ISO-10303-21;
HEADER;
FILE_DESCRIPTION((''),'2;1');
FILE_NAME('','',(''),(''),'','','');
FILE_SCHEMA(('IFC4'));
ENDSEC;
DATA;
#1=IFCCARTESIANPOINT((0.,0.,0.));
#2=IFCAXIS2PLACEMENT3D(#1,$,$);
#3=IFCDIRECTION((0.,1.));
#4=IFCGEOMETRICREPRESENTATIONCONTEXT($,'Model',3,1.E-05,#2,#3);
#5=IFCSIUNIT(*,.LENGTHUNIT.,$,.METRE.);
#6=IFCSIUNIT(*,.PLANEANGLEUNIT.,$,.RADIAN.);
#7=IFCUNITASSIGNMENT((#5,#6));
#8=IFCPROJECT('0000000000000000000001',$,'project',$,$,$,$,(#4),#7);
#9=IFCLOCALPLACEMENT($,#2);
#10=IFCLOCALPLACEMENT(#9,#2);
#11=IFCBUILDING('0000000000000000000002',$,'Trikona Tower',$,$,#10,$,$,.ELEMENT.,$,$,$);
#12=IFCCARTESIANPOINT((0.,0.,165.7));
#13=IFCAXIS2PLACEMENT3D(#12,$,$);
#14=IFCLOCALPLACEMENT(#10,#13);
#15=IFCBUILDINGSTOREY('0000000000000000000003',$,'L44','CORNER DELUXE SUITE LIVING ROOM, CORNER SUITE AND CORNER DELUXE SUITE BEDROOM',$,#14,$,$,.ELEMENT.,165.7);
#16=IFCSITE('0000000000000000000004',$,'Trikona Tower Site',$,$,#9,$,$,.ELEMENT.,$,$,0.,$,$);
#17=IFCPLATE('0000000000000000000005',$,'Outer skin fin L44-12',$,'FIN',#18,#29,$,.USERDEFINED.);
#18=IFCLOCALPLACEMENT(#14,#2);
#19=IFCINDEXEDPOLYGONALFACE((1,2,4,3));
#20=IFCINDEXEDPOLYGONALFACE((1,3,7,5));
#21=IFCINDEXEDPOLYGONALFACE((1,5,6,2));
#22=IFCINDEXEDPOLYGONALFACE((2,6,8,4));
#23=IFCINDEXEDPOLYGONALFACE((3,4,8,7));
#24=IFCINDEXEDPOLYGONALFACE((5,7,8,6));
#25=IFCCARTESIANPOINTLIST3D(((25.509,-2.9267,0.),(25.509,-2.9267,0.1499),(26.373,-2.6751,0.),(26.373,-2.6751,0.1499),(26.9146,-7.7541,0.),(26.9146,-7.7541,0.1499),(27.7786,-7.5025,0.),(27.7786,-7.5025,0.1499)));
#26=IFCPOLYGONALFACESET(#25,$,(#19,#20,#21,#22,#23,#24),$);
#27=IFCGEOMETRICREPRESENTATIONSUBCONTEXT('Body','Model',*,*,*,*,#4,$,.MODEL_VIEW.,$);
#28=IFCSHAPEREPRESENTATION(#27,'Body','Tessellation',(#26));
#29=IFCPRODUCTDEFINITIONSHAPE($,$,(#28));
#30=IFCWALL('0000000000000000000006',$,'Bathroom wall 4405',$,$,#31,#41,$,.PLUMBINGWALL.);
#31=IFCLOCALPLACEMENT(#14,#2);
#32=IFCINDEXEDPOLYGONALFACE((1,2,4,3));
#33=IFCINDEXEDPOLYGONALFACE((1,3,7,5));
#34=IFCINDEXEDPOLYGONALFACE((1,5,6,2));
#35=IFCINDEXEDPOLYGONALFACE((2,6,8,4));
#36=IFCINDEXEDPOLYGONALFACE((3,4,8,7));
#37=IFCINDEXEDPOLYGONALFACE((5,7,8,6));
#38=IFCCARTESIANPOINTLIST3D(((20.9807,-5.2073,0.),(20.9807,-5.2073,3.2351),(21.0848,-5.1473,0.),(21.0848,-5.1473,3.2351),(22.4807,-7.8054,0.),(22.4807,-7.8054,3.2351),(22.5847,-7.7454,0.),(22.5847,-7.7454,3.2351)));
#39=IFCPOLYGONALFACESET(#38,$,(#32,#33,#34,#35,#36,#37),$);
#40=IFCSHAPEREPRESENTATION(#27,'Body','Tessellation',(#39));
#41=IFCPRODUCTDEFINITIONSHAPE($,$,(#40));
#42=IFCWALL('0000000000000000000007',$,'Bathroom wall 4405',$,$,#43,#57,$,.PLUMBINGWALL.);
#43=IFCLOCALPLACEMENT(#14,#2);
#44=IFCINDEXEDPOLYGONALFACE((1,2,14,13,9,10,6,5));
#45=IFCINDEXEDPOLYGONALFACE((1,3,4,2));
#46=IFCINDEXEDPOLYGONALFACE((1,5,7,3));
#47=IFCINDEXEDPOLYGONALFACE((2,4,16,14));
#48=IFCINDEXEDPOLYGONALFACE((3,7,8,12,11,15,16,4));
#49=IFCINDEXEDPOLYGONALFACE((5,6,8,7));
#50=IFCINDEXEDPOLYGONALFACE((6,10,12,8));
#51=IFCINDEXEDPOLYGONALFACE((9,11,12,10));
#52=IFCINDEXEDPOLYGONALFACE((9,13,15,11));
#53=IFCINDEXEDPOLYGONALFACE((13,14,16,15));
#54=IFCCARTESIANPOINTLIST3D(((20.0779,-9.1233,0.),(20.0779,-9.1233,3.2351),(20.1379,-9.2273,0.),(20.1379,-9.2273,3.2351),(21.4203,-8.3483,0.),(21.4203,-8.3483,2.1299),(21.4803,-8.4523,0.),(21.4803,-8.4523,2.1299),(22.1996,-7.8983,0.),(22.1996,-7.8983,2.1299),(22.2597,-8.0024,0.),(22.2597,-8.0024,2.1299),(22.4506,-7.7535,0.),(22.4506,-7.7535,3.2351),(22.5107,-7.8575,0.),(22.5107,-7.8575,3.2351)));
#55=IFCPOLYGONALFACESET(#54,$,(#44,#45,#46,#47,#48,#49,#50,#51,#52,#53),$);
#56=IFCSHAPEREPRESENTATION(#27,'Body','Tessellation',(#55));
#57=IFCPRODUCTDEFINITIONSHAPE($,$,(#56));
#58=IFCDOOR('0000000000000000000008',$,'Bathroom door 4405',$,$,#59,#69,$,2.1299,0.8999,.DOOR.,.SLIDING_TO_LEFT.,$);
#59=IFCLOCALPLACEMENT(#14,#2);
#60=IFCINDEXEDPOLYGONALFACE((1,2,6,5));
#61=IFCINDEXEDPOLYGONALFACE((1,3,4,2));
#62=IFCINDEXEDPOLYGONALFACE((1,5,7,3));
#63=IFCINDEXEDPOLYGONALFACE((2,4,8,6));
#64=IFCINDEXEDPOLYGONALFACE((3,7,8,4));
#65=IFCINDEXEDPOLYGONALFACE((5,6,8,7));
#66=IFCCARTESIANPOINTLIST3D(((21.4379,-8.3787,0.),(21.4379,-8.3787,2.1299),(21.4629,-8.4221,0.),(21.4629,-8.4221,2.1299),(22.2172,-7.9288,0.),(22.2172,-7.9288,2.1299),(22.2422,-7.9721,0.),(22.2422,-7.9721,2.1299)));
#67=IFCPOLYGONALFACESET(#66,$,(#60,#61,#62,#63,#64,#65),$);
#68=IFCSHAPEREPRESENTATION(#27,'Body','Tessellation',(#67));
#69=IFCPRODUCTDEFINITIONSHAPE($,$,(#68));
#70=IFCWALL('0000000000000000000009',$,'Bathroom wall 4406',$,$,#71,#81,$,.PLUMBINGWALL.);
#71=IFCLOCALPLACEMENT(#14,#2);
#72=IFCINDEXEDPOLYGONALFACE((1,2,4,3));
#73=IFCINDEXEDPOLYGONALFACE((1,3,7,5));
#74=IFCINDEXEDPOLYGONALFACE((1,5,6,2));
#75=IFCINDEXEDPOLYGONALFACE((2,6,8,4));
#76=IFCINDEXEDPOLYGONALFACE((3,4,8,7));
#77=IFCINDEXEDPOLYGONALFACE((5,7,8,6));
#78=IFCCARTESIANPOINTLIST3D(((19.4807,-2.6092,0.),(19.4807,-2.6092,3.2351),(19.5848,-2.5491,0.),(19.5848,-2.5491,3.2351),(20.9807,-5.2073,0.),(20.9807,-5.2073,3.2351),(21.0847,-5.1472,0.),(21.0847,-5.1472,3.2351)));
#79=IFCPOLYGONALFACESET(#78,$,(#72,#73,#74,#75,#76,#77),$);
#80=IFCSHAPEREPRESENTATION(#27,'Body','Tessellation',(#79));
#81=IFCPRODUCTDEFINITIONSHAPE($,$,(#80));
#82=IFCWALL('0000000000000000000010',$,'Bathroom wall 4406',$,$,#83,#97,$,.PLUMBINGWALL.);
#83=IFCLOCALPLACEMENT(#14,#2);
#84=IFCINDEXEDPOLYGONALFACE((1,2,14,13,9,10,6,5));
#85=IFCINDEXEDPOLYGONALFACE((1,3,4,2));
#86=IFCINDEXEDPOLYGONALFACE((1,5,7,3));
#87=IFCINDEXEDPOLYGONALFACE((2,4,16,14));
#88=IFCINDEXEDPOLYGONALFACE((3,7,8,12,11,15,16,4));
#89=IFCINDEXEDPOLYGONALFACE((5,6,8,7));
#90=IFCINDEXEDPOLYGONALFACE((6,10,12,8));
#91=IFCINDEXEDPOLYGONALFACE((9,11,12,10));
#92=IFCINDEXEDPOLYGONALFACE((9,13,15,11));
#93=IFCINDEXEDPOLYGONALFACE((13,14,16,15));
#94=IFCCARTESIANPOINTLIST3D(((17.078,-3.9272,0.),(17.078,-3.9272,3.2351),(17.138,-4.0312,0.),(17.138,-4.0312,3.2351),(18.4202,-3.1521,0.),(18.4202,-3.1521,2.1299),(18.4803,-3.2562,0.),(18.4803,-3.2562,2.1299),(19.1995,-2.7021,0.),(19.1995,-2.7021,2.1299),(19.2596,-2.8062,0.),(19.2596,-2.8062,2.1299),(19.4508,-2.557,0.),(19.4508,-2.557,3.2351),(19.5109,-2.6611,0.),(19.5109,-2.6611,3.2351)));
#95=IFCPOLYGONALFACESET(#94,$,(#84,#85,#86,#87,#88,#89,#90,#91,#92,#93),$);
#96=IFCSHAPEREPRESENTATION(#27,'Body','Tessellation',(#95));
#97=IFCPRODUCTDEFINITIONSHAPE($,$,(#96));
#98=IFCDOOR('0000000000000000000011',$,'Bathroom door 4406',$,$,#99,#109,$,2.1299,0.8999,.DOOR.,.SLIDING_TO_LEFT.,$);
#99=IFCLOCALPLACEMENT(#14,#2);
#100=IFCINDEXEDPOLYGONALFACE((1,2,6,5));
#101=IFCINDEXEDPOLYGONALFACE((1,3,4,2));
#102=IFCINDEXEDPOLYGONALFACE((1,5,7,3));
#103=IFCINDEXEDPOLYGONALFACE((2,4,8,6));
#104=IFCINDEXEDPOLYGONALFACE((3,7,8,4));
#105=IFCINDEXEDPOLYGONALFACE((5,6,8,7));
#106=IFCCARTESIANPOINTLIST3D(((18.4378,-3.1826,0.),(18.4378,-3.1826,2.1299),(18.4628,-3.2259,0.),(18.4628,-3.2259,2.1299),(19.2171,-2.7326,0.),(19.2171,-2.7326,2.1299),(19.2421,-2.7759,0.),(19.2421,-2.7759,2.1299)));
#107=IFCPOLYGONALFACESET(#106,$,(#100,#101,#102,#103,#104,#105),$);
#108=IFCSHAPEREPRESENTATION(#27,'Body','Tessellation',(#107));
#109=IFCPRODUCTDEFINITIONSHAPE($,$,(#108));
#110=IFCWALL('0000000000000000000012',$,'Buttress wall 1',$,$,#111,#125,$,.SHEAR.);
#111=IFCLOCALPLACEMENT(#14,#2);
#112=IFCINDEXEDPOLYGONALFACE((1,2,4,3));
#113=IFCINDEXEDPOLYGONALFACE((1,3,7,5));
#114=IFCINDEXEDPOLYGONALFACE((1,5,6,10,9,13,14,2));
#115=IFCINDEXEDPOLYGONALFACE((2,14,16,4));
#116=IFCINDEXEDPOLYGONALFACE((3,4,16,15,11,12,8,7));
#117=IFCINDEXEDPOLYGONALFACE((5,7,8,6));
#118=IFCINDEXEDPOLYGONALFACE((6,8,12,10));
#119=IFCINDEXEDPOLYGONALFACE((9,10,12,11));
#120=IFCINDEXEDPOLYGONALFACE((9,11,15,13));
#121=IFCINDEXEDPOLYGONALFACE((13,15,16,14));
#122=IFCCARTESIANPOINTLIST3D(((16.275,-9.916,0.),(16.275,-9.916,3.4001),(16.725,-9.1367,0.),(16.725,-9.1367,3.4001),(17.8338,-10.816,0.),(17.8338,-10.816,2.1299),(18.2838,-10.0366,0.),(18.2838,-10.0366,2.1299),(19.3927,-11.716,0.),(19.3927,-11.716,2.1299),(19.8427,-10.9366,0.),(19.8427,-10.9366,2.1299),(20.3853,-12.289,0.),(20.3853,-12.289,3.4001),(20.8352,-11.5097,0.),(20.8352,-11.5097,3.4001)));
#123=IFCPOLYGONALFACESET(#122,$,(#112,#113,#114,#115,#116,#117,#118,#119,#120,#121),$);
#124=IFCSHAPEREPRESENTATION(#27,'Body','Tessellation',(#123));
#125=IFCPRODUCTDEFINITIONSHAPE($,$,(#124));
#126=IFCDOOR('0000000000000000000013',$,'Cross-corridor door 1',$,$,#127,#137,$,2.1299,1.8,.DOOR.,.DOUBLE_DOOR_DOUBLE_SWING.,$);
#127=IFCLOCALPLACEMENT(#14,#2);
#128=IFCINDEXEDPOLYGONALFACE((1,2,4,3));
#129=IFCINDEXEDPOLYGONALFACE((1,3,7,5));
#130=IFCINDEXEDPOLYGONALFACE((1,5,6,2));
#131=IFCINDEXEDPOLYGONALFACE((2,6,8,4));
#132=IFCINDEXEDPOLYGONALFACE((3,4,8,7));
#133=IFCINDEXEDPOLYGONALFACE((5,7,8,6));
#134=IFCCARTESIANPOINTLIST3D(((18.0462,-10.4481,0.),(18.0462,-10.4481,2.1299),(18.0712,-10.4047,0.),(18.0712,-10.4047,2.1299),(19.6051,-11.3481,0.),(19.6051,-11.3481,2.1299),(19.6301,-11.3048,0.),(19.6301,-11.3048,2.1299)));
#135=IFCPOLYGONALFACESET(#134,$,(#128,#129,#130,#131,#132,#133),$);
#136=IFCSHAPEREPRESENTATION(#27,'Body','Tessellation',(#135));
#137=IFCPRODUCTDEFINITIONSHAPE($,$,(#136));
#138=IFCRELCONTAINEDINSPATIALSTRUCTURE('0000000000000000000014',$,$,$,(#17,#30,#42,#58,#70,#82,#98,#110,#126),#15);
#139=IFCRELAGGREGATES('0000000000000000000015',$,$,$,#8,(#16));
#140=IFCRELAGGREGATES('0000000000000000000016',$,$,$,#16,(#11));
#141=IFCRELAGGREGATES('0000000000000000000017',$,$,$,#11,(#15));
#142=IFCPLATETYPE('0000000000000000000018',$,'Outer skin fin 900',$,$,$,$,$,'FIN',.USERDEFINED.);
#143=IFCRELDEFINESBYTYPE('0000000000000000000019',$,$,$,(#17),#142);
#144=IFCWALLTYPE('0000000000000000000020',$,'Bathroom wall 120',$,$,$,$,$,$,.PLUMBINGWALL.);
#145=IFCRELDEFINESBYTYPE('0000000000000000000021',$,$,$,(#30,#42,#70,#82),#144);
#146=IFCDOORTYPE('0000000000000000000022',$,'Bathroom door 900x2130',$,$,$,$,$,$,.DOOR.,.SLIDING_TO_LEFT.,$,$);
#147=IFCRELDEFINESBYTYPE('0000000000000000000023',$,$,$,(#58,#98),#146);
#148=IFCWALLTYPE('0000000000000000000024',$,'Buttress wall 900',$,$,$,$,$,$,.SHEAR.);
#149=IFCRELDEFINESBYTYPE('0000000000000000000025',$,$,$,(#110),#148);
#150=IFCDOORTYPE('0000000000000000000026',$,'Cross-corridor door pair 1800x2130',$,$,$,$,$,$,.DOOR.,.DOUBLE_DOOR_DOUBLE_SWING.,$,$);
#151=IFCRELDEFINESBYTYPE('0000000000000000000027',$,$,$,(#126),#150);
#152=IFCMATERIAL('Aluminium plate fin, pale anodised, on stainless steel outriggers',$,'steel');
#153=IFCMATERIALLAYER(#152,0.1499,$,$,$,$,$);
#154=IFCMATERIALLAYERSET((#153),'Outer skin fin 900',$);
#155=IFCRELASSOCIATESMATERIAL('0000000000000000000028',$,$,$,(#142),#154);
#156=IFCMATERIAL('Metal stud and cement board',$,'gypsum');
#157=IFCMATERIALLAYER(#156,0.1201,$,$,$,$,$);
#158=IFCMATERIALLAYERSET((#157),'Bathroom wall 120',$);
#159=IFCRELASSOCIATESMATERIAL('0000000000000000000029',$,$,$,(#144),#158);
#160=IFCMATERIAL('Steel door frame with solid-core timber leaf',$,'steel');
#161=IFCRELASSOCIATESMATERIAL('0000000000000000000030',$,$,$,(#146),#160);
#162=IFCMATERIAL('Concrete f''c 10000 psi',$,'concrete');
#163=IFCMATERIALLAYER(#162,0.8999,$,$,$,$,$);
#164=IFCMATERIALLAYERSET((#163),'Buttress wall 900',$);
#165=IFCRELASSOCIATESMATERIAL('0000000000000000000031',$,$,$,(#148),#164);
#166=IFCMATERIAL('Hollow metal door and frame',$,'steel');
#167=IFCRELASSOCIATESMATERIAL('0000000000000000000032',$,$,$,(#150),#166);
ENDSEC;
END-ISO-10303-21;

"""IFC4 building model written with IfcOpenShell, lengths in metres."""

from ifc_helpers import new_model, si_unit, direction, frame, frame_2d, origin, origin_2d, place, context, subcontext, project, spatial, rectangle, extrude, material, layer, layer_set, type_object, element, fill, save


model = new_model("IFC4")

# Units and contexts
model_context = context("Model", 3, precision=1e-05, world=origin(), true_north=direction((0.0, 1.0)))
body_context = subcontext(model_context, "Body", "Model", "MODEL_VIEW")
ifc_project = project(units=[si_unit("LENGTHUNIT", "METRE"), si_unit("PLANEANGLEUNIT", "RADIAN")], contexts=[model_context])

# Site, building, storey
site_placement = place(None, origin())
site = spatial("IfcSite", under=ifc_project, at=site_placement, Name="Trikona Tower Site", CompositionType="ELEMENT", RefElevation=0.0)
building_placement = place(site_placement, origin())
building = spatial("IfcBuilding", under=site, at=building_placement, Name="Trikona Tower", CompositionType="ELEMENT")
storey_placement = place(building_placement, frame((0.0, 0.0, 165.7)))
storey = spatial("IfcBuildingStorey", under=building, at=storey_placement, Name="L44", Description="CORNER DELUXE SUITE LIVING ROOM, CORNER SUITE AND CORNER DELUXE SUITE BEDROOM", CompositionType="ELEMENT", Elevation=165.7)

# Plate
ifc_material_1 = material(Name="Aluminium plate fin, pale anodised, on stainless steel outriggers", Category="steel")
ifc_layer_1 = layer(ifc_material_1, 0.1499)
ifc_layer_set_1 = layer_set([ifc_layer_1], Name="Outer skin fin 900")
plate_type_1 = type_object("IfcPlateType", Name="Outer skin fin 900", ElementType="FIN", PredefinedType="USERDEFINED", material=ifc_layer_set_1)
plate_1_placement = place(storey_placement, frame((26.6438, -5.2146, 0.0), z_axis=(0.0, 0.0, 1.0), x_axis=(-0.279554, 0.96013, 0.0)))
element("IfcPlate", 1, at=plate_1_placement, inside=storey, type_object=plate_type_1, Name="Outer skin fin L44-12", ObjectType="FIN", PredefinedType="USERDEFINED", context=body_context, shape_type="SweptSolid", body=[
    extrude(rectangle(XDim=5.0278, YDim=0.8999, at=origin_2d()), origin(), (0.0, 0.0, 1.0), 0.1499),
])

# Wall
ifc_material_2 = material(Name="Metal stud and cement board", Category="gypsum")
ifc_layer_2 = layer(ifc_material_2, 0.1201)
ifc_layer_set_2 = layer_set([ifc_layer_2], Name="Bathroom wall 120")
wall_type_1 = type_object("IfcWallType", Name="Bathroom wall 120", PredefinedType="PLUMBINGWALL", material=ifc_layer_set_2)
wall_1_placement = place(storey_placement, frame((22.5327, -7.7754, 0.0), z_axis=(0.0, 0.0, 1.0), x_axis=(-0.49999, 0.866031, 0.0)))
element("IfcWall", 2, at=wall_1_placement, inside=storey, type_object=wall_type_1, Name="Bathroom wall 4405", PredefinedType="PLUMBINGWALL", context=body_context, shape_type="SweptSolid", body=[
    extrude(rectangle(XDim=3.0, YDim=0.1201, at=frame_2d((1.5, 0.0))), origin(), (0.0, 0.0, 1.0), 3.2351),
])

# Wall, opening, door
wall_2_placement = place(storey_placement, frame((20.1079, -9.1753, 0.0), z_axis=(0.0, 0.0, 1.0), x_axis=(0.866036, 0.499982, 0.0)))
wall_2 = element("IfcWall", 3, at=wall_2_placement, inside=storey, type_object=wall_type_1, Name="Bathroom wall 4405", PredefinedType="PLUMBINGWALL", context=body_context, shape_type="SweptSolid", body=[
    extrude(rectangle(XDim=2.7397, YDim=0.1201, at=frame_2d((1.3699, 0.0))), origin(), (0.0, 0.0, 1.0), 3.2351),
])
opening_1_placement = place(wall_2_placement, frame((1.55, 0.0, 0.0)))
opening_1 = element("IfcOpeningElement", 4, at=opening_1_placement, cuts=wall_2, PredefinedType="OPENING", context=body_context, shape_type="SweptSolid", body=[
    extrude(rectangle(XDim=0.8999, YDim=2.1299, at=frame_2d((0.45, 1.0649))), frame((0.0, 0.0701, 0.0), z_axis=(0.0, -1.0, 0.0), x_axis=(1.0, 0.0, 0.0)), (0.0, 0.0, 1.0), 0.1401),
])
ifc_material_3 = material(Name="Steel door frame with solid-core timber leaf", Category="steel")
door_type_1 = type_object("IfcDoorType", Name="Bathroom door 900x2130", OperationType="SLIDING_TO_LEFT", PredefinedType="DOOR", material=ifc_material_3)
door_1_placement = place(opening_1_placement, origin())
door_1 = element("IfcDoor", 5, at=door_1_placement, inside=storey, type_object=door_type_1, Name="Bathroom door 4405", OperationType="SLIDING_TO_LEFT", OverallHeight=2.1299, OverallWidth=0.8999, PredefinedType="DOOR", context=body_context, shape_type="SweptSolid", body=[
    extrude(rectangle(XDim=0.8999, YDim=2.1299, at=frame_2d((0.45, 1.0649))), frame((0.0, 0.0249, 0.0), z_axis=(0.0, -1.0, 0.0), x_axis=(1.0, 0.0, 0.0)), (0.0, 0.0, 1.0), 0.05),
])
fill(opening_1, door_1)

# Wall
wall_3_placement = place(storey_placement, frame((21.0327, -5.1772, 0.0), z_axis=(0.0, 0.0, 1.0), x_axis=(-0.49999, 0.866031, 0.0)))
element("IfcWall", 6, at=wall_3_placement, inside=storey, type_object=wall_type_1, Name="Bathroom wall 4406", PredefinedType="PLUMBINGWALL", context=body_context, shape_type="SweptSolid", body=[
    extrude(rectangle(XDim=3.0, YDim=0.1201, at=frame_2d((1.5, 0.0))), origin(), (0.0, 0.0, 1.0), 3.2351),
])

# Walls, openings, doors
wall_4_placement = place(storey_placement, frame((17.1079, -3.9792, 0.0), z_axis=(0.0, 0.0, 1.0), x_axis=(0.865997, 0.500049, 0.0)))
wall_4 = element("IfcWall", 7, at=wall_4_placement, inside=storey, type_object=wall_type_1, Name="Bathroom wall 4406", PredefinedType="PLUMBINGWALL", context=body_context, shape_type="SweptSolid", body=[
    extrude(rectangle(XDim=2.74, YDim=0.1201, at=frame_2d((1.3701, 0.0))), origin(), (0.0, 0.0, 1.0), 3.2351),
])
opening_2_placement = place(wall_4_placement, frame((1.55, 0.0, 0.0)))
opening_2 = element("IfcOpeningElement", 8, at=opening_2_placement, cuts=wall_4, PredefinedType="OPENING", context=body_context, shape_type="SweptSolid", body=[
    extrude(rectangle(XDim=0.8999, YDim=2.1299, at=frame_2d((0.45, 1.0649))), frame((0.0, 0.0701, 0.0), z_axis=(0.0, -1.0, 0.0), x_axis=(1.0, 0.0, 0.0)), (0.0, 0.0, 1.0), 0.1401),
])
door_2_placement = place(opening_2_placement, origin())
door_2 = element("IfcDoor", 9, at=door_2_placement, inside=storey, type_object=door_type_1, Name="Bathroom door 4406", OperationType="SLIDING_TO_LEFT", OverallHeight=2.1299, OverallWidth=0.8999, PredefinedType="DOOR", context=body_context, shape_type="SweptSolid", body=[
    extrude(rectangle(XDim=0.8999, YDim=2.1299, at=frame_2d((0.45, 1.0649))), frame((0.0, 0.0249, 0.0), z_axis=(0.0, -1.0, 0.0), x_axis=(1.0, 0.0, 0.0)), (0.0, 0.0, 1.0), 0.05),
])
fill(opening_2, door_2)
ifc_material_4 = material(Name="Concrete f'c 10000 psi", Category="concrete")
ifc_layer_3 = layer(ifc_material_4, 0.8999)
ifc_layer_set_3 = layer_set([ifc_layer_3], Name="Buttress wall 900")
wall_type_2 = type_object("IfcWallType", Name="Buttress wall 900", PredefinedType="SHEAR", material=ifc_layer_set_3)
wall_5_placement = place(storey_placement, frame((16.5, -9.5264, 0.0), z_axis=(0.0, 0.0, 1.0), x_axis=(0.866031, -0.49999, 0.0)))
wall_5 = element("IfcWall", 10, at=wall_5_placement, inside=storey, type_object=wall_type_2, Name="Buttress wall 1", PredefinedType="SHEAR", context=body_context, shape_type="SweptSolid", body=[
    extrude(rectangle(XDim=4.7461, YDim=0.8999, at=frame_2d((2.373, 0.0))), origin(), (0.0, 0.0, 1.0), 3.4001),
])
opening_3_placement = place(wall_5_placement, frame((1.8, 0.0, 0.0)))
opening_3 = element("IfcOpeningElement", 11, at=opening_3_placement, cuts=wall_5, PredefinedType="OPENING", context=body_context, shape_type="SweptSolid", body=[
    extrude(rectangle(XDim=1.8, YDim=2.1299, at=frame_2d((0.8999, 1.0649))), frame((0.0, 0.46, 0.0), z_axis=(0.0, -1.0, 0.0), x_axis=(1.0, 0.0, 0.0)), (0.0, 0.0, 1.0), 0.9199),
])
ifc_material_5 = material(Name="Hollow metal door and frame", Category="steel")
door_type_2 = type_object("IfcDoorType", Name="Cross-corridor door pair 1800x2130", OperationType="DOUBLE_DOOR_DOUBLE_SWING", PredefinedType="DOOR", material=ifc_material_5)
door_3_placement = place(opening_3_placement, origin())
door_3 = element("IfcDoor", 12, at=door_3_placement, inside=storey, type_object=door_type_2, Name="Cross-corridor door 1", OperationType="DOUBLE_DOOR_DOUBLE_SWING", OverallHeight=2.1299, OverallWidth=1.8, PredefinedType="DOOR", context=body_context, shape_type="SweptSolid", body=[
    extrude(rectangle(XDim=1.8, YDim=2.1299, at=frame_2d((0.8999, 1.0649))), frame((0.0, 0.0249, 0.0), z_axis=(0.0, -1.0, 0.0), x_axis=(1.0, 0.0, 0.0)), (0.0, 0.0, 1.0), 0.05),
])
fill(opening_3, door_3)

save(model, "model.ifc")
